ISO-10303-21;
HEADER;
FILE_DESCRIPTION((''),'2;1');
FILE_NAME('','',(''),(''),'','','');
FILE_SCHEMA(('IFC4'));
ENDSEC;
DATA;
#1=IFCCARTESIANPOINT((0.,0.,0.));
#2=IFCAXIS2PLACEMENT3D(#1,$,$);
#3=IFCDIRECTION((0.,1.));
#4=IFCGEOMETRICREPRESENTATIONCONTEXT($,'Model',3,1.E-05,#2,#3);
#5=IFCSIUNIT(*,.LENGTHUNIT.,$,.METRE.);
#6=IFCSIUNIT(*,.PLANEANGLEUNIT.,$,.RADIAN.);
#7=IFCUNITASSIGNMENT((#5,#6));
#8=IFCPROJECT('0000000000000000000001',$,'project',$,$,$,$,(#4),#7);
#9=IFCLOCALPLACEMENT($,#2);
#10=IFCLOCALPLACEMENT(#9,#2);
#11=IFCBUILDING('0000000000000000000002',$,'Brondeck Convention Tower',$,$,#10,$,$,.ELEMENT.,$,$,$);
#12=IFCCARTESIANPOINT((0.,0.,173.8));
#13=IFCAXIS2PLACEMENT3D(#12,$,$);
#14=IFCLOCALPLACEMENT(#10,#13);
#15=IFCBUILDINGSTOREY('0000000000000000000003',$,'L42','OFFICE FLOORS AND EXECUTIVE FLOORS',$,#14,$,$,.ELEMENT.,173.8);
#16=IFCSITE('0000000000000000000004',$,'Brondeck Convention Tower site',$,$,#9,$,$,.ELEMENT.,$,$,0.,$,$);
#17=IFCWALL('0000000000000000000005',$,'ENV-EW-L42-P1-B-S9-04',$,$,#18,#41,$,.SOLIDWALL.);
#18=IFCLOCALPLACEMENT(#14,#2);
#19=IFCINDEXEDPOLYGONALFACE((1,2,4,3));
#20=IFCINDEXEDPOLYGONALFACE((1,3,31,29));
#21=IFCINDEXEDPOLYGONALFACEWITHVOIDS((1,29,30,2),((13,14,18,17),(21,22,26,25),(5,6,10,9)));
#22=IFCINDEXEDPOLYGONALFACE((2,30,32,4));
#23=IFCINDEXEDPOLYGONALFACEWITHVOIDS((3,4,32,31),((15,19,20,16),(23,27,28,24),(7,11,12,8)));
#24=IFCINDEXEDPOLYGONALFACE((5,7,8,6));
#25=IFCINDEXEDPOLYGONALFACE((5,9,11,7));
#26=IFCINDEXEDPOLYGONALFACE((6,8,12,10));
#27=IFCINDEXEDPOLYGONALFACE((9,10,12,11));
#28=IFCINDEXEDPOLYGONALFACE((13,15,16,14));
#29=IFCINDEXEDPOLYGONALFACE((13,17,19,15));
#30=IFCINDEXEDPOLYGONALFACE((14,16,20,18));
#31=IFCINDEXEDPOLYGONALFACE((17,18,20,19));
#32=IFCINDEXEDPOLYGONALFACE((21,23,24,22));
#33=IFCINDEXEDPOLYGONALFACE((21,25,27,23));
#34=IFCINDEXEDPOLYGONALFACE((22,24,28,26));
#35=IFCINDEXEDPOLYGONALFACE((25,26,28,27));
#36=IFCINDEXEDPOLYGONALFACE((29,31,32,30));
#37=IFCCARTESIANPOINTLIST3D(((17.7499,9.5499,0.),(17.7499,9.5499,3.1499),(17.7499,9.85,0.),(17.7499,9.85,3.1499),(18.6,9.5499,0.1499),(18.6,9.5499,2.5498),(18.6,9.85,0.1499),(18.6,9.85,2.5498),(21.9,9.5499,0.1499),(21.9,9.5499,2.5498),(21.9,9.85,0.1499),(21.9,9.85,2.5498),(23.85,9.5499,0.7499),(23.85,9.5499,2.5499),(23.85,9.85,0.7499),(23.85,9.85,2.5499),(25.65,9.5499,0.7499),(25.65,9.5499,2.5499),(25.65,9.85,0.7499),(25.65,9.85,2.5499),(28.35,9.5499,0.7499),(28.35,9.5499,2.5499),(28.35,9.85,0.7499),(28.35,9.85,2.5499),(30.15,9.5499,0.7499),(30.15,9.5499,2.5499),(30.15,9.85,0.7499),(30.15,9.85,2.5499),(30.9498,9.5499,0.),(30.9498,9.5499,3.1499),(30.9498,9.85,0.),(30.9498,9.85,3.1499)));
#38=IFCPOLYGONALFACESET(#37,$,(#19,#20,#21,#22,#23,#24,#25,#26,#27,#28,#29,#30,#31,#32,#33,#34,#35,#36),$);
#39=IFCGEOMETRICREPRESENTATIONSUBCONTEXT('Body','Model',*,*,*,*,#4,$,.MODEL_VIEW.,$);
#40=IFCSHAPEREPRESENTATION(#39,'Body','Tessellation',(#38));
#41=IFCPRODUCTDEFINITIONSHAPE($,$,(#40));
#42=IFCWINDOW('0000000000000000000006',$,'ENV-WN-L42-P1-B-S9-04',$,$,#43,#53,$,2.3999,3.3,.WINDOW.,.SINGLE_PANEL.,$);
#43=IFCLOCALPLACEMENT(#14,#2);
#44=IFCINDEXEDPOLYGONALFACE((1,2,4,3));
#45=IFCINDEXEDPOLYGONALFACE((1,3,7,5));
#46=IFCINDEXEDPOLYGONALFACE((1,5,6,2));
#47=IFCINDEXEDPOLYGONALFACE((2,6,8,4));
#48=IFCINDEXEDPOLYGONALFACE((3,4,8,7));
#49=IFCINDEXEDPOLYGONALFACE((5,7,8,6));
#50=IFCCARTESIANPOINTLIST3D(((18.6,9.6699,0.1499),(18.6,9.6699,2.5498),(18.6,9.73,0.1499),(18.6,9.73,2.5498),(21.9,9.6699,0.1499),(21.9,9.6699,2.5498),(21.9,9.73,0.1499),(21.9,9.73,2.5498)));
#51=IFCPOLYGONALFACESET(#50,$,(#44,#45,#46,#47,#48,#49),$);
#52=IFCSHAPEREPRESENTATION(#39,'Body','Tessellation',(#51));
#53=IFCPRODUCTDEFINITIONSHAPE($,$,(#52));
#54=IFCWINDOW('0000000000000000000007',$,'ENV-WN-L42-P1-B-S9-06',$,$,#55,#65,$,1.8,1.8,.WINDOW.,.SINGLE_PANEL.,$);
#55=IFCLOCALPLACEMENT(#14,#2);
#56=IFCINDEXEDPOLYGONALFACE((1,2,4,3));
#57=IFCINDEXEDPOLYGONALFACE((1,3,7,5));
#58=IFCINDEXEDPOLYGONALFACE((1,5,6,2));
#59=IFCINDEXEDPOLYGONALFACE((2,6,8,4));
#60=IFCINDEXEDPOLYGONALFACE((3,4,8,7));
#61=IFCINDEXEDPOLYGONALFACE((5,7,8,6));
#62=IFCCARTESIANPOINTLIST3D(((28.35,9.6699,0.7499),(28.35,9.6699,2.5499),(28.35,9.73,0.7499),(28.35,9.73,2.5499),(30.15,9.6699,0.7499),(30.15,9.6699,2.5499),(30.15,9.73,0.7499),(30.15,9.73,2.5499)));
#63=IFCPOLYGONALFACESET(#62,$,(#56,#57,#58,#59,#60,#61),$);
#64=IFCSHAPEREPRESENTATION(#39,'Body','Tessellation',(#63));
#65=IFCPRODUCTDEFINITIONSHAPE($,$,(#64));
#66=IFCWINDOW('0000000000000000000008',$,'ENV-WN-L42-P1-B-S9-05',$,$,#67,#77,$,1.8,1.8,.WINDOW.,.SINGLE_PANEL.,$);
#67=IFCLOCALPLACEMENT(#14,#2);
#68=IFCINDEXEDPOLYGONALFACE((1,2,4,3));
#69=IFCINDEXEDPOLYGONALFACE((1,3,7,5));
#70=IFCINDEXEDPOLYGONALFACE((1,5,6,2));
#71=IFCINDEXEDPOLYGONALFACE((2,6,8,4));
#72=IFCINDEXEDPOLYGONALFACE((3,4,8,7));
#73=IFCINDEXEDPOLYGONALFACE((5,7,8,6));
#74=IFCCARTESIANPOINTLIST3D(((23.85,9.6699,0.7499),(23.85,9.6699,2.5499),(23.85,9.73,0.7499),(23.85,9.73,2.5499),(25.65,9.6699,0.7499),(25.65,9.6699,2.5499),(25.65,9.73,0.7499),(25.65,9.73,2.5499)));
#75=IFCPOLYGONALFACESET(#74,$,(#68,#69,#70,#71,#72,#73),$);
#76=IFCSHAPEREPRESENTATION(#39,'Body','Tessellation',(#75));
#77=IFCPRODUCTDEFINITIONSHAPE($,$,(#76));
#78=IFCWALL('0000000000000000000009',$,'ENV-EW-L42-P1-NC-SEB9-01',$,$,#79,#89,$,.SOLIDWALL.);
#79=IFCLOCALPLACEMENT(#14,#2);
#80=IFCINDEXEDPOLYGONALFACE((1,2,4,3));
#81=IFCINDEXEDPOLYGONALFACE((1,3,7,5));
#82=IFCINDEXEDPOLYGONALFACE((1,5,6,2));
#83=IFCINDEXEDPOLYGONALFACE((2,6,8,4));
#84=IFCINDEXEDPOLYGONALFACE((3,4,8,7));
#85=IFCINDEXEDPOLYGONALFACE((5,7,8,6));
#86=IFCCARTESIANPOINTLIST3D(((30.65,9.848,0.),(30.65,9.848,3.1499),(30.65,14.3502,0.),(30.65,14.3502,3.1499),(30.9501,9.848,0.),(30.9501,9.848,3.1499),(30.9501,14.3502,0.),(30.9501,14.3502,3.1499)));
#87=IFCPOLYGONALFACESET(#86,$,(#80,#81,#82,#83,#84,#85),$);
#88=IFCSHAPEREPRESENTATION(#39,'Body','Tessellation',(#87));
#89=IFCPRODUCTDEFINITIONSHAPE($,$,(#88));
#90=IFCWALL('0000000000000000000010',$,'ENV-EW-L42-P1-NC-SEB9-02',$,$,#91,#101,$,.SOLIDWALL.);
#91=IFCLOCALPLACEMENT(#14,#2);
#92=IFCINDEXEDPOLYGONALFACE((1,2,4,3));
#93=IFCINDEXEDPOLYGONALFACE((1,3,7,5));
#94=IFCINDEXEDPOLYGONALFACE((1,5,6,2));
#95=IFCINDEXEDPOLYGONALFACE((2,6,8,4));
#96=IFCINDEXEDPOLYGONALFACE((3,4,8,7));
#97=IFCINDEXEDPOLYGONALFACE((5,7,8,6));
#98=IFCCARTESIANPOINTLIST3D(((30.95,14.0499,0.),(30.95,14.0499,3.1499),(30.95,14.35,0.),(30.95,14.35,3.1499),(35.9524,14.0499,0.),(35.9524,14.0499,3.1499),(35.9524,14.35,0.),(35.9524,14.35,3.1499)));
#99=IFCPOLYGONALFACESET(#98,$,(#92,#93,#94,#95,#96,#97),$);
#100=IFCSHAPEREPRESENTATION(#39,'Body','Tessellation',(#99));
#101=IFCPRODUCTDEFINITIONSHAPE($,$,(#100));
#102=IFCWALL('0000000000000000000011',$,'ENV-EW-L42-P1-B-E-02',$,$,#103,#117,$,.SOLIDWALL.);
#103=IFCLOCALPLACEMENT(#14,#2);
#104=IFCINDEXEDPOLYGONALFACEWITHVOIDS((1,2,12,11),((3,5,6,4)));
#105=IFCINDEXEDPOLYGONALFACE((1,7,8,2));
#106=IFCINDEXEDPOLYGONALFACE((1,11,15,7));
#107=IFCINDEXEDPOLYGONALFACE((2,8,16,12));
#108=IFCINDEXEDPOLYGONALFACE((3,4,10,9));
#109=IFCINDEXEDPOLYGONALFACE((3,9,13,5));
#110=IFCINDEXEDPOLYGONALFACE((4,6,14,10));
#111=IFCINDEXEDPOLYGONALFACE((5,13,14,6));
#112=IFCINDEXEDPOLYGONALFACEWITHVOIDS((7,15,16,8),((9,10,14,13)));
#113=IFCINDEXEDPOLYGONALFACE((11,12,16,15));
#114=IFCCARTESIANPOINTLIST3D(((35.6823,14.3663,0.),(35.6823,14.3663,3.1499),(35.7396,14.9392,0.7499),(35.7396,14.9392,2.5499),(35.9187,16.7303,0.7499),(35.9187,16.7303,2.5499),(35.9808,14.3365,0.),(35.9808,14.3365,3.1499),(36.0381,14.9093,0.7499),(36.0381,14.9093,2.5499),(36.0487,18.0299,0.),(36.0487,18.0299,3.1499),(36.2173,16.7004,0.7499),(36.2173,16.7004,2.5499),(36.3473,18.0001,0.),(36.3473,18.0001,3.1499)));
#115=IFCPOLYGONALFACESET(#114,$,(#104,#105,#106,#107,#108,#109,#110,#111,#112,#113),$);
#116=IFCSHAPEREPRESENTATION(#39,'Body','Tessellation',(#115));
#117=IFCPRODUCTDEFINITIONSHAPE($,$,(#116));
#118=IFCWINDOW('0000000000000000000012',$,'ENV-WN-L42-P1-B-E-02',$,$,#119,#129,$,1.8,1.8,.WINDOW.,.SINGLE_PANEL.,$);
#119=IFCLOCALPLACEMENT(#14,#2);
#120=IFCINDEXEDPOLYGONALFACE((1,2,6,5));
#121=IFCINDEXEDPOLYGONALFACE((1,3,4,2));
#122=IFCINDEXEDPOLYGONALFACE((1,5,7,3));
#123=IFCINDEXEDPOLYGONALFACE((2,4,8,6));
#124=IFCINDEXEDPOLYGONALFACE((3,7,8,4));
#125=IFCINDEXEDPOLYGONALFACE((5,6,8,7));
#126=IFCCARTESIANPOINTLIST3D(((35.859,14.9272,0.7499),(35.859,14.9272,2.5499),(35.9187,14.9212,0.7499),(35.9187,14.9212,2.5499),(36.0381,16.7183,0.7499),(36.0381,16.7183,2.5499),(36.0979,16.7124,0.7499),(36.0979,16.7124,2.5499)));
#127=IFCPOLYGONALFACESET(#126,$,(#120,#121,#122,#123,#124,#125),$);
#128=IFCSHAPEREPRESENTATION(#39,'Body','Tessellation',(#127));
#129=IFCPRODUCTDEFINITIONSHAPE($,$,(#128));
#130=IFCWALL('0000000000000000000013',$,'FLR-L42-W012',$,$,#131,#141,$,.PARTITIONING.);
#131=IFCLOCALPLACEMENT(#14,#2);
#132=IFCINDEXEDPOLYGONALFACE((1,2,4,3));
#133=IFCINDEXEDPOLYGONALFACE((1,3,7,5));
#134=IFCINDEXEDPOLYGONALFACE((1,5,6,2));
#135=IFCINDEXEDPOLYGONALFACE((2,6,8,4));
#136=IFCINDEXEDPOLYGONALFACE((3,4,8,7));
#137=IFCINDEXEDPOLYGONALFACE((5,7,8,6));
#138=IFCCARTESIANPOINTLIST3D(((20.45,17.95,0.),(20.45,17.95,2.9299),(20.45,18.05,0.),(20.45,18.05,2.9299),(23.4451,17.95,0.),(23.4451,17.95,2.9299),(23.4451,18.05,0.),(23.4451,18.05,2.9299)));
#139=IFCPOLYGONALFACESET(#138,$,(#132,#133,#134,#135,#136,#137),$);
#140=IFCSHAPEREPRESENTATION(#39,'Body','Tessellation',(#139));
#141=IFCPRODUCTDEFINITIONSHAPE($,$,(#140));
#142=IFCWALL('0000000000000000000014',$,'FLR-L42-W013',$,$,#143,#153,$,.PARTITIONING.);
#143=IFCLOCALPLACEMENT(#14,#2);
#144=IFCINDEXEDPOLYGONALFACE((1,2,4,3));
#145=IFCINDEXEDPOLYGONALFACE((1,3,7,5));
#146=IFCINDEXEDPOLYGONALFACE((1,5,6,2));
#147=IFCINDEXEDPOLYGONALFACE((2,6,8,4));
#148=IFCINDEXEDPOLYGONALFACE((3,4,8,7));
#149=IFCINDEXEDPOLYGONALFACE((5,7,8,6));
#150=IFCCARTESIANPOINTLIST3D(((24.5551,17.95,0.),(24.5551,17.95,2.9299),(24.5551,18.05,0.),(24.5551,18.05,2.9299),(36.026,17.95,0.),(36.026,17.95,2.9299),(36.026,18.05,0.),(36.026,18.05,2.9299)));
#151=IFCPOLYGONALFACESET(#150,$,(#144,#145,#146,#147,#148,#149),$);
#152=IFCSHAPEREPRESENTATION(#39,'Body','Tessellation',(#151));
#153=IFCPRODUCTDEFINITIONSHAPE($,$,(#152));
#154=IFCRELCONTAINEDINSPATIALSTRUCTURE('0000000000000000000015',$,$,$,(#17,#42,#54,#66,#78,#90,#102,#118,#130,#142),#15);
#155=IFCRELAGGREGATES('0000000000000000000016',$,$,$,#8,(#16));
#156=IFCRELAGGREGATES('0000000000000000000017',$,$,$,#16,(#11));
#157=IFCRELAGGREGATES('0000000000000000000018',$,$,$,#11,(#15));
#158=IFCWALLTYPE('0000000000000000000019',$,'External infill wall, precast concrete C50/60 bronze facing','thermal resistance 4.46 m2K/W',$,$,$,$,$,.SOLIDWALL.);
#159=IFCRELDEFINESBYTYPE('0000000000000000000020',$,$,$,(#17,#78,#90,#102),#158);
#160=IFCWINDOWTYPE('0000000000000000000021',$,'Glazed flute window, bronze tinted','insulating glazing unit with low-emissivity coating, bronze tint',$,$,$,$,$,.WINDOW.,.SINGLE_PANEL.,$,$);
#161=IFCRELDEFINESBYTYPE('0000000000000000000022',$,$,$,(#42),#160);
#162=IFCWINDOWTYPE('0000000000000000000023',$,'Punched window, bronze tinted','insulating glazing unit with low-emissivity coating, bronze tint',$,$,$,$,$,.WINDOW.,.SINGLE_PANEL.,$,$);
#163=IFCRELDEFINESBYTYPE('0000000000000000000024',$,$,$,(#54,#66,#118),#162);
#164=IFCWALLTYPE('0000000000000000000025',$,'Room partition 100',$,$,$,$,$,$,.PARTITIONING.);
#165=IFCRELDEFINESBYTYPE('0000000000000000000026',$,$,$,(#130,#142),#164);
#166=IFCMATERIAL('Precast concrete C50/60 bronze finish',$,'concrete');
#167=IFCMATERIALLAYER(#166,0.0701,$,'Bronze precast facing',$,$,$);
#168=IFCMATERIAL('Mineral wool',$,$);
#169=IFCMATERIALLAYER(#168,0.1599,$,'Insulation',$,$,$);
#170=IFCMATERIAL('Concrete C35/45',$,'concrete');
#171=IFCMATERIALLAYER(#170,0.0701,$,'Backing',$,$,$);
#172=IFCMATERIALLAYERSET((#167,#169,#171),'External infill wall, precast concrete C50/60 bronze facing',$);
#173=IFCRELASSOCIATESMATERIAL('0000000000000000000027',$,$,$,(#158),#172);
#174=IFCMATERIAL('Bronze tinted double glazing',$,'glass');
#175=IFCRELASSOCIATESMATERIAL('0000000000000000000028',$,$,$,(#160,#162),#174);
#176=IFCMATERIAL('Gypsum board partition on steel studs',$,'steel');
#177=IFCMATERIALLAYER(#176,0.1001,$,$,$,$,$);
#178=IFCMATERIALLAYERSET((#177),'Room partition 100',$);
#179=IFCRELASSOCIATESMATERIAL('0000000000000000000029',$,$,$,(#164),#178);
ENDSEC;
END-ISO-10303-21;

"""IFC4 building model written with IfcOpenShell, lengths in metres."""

from ifc_helpers import new_model, si_unit, direction, frame, frame_2d, origin, place, context, subcontext, project, spatial, rectangle, extrude, material, layer, layer_set, type_object, element, fill, save


model = new_model("IFC4")

# Units and contexts
model_context = context("Model", 3, precision=1e-05, world=origin(), true_north=direction((0.0, 1.0)))
body_context = subcontext(model_context, "Body", "Model", "MODEL_VIEW")
ifc_project = project(units=[si_unit("LENGTHUNIT", "METRE"), si_unit("PLANEANGLEUNIT", "RADIAN")], contexts=[model_context])

# Site, building, storey
site_placement = place(None, origin())
site = spatial("IfcSite", under=ifc_project, at=site_placement, Name="Brondeck Convention Tower site", CompositionType="ELEMENT", RefElevation=0.0)
building_placement = place(site_placement, origin())
building = spatial("IfcBuilding", under=site, at=building_placement, Name="Brondeck Convention Tower", CompositionType="ELEMENT")
storey_placement = place(building_placement, frame((0.0, 0.0, 173.8)))
storey = spatial("IfcBuildingStorey", under=building, at=storey_placement, Name="L42", Description="OFFICE FLOORS AND EXECUTIVE FLOORS", CompositionType="ELEMENT", Elevation=173.8)

# Wall, openings, windows
ifc_material_1 = material(Name="Precast concrete C50/60 bronze finish", Category="concrete")
ifc_layer_1 = layer(ifc_material_1, 0.0701, Name="Bronze precast facing")
ifc_material_2 = material(Name="Mineral wool")
ifc_layer_2 = layer(ifc_material_2, 0.1599, Name="Insulation")
ifc_material_3 = material(Name="Concrete C35/45", Category="concrete")
ifc_layer_3 = layer(ifc_material_3, 0.0701, Name="Backing")
ifc_layer_set_1 = layer_set([ifc_layer_1, ifc_layer_2, ifc_layer_3], Name="External infill wall, precast concrete C50/60 bronze facing")
wall_type_1 = type_object("IfcWallType", Name="External infill wall, precast concrete C50/60 bronze facing", Description="thermal resistance 4.46 m2K/W", PredefinedType="SOLIDWALL", material=ifc_layer_set_1)
wall_1_placement = place(storey_placement, frame((30.95, 9.7, 0.0), z_axis=(0.0, 0.0, 1.0), x_axis=(-1.0, 0.0, 0.0)))
wall_1 = element("IfcWall", 1, at=wall_1_placement, inside=storey, type_object=wall_type_1, Name="ENV-EW-L42-P1-B-S9-04", PredefinedType="SOLIDWALL", context=body_context, shape_type="SweptSolid", body=[
    extrude(rectangle(XDim=13.2, YDim=0.3, at=frame_2d((6.6001, 0.0))), origin(), (0.0, 0.0, 1.0), 3.1499),
])
opening_1_placement = place(wall_1_placement, frame((0.8, 0.0, 0.75)))
opening_1 = element("IfcOpeningElement", 2, at=opening_1_placement, cuts=wall_1, PredefinedType="OPENING", context=body_context, shape_type="SweptSolid", body=[
    extrude(rectangle(XDim=1.8, YDim=1.8, at=frame_2d((0.8999, 0.8999))), frame((0.0, 0.1599, 0.0), z_axis=(0.0, -1.0, 0.0), x_axis=(1.0, 0.0, 0.0)), (0.0, 0.0, 1.0), 0.3201),
])
opening_2_placement = place(wall_1_placement, frame((5.3, 0.0, 0.75)))
opening_2 = element("IfcOpeningElement", 3, at=opening_2_placement, cuts=wall_1, PredefinedType="OPENING", context=body_context, shape_type="SweptSolid", body=[
    extrude(rectangle(XDim=1.8, YDim=1.8, at=frame_2d((0.8999, 0.8999))), frame((0.0, 0.1599, 0.0), z_axis=(0.0, -1.0, 0.0), x_axis=(1.0, 0.0, 0.0)), (0.0, 0.0, 1.0), 0.3201),
])
opening_3_placement = place(wall_1_placement, frame((9.05, 0.0, 0.1499)))
opening_3 = element("IfcOpeningElement", 4, at=opening_3_placement, cuts=wall_1, PredefinedType="OPENING", context=body_context, shape_type="SweptSolid", body=[
    extrude(rectangle(XDim=3.3, YDim=2.3999, at=frame_2d((1.6499, 1.2))), frame((0.0, 0.1599, 0.0), z_axis=(0.0, -1.0, 0.0), x_axis=(1.0, 0.0, 0.0)), (0.0, 0.0, 1.0), 0.3201),
])
ifc_material_4 = material(Name="Bronze tinted double glazing", Category="glass")
window_type_1 = type_object("IfcWindowType", Name="Glazed flute window, bronze tinted", Description="insulating glazing unit with low-emissivity coating, bronze tint", PartitioningType="SINGLE_PANEL", PredefinedType="WINDOW", material=ifc_material_4)
window_1_placement = place(opening_3_placement, origin())
window_1 = element("IfcWindow", 5, at=window_1_placement, inside=storey, type_object=window_type_1, Name="ENV-WN-L42-P1-B-S9-04", OverallHeight=2.3999, OverallWidth=3.3, PartitioningType="SINGLE_PANEL", PredefinedType="WINDOW", context=body_context, shape_type="SweptSolid", body=[
    extrude(rectangle(XDim=3.3, YDim=2.3999, at=frame_2d((1.6499, 1.2))), frame((0.0, 0.03, 0.0), z_axis=(0.0, -1.0, 0.0), x_axis=(1.0, 0.0, 0.0)), (0.0, 0.0, 1.0), 0.0601),
])
fill(opening_3, window_1)
window_type_2 = type_object("IfcWindowType", Name="Punched window, bronze tinted", Description="insulating glazing unit with low-emissivity coating, bronze tint", PartitioningType="SINGLE_PANEL", PredefinedType="WINDOW", material=ifc_material_4)
window_2_placement = place(opening_1_placement, origin())
window_2 = element("IfcWindow", 6, at=window_2_placement, inside=storey, type_object=window_type_2, Name="ENV-WN-L42-P1-B-S9-06", OverallHeight=1.8, OverallWidth=1.8, PartitioningType="SINGLE_PANEL", PredefinedType="WINDOW", context=body_context, shape_type="SweptSolid", body=[
    extrude(rectangle(XDim=1.8, YDim=1.8, at=frame_2d((0.8999, 0.8999))), frame((0.0, 0.03, 0.0), z_axis=(0.0, -1.0, 0.0), x_axis=(1.0, 0.0, 0.0)), (0.0, 0.0, 1.0), 0.0601),
])
fill(opening_1, window_2)
window_3_placement = place(opening_2_placement, origin())
window_3 = element("IfcWindow", 7, at=window_3_placement, inside=storey, type_object=window_type_2, Name="ENV-WN-L42-P1-B-S9-05", OverallHeight=1.8, OverallWidth=1.8, PartitioningType="SINGLE_PANEL", PredefinedType="WINDOW", context=body_context, shape_type="SweptSolid", body=[
    extrude(rectangle(XDim=1.8, YDim=1.8, at=frame_2d((0.8999, 0.8999))), frame((0.0, 0.03, 0.0), z_axis=(0.0, -1.0, 0.0), x_axis=(1.0, 0.0, 0.0)), (0.0, 0.0, 1.0), 0.0601),
])
fill(opening_2, window_3)

# Walls
wall_2_placement = place(storey_placement, frame((30.8, 14.3501, 0.0), z_axis=(0.0, 0.0, 1.0), x_axis=(0.0, -1.0, 0.0)))
element("IfcWall", 8, at=wall_2_placement, inside=storey, type_object=wall_type_1, Name="ENV-EW-L42-P1-NC-SEB9-01", PredefinedType="SOLIDWALL", context=body_context, shape_type="SweptSolid", body=[
    extrude(rectangle(XDim=4.5022, YDim=0.3, at=frame_2d((2.251, 0.0))), origin(), (0.0, 0.0, 1.0), 3.1499),
])
wall_3_placement = place(storey_placement, frame((35.9524, 14.2, 0.0), z_axis=(0.0, 0.0, 1.0), x_axis=(-1.0, 0.0, 0.0)))
element("IfcWall", 9, at=wall_3_placement, inside=storey, type_object=wall_type_1, Name="ENV-EW-L42-P1-NC-SEB9-02", PredefinedType="SOLIDWALL", context=body_context, shape_type="SweptSolid", body=[
    extrude(rectangle(XDim=5.0024, YDim=0.3, at=frame_2d((2.5012, 0.0))), origin(), (0.0, 0.0, 1.0), 3.1499),
])

# Wall, opening, window
wall_4_placement = place(storey_placement, frame((36.198, 18.0149, 0.0), z_axis=(0.0, 0.0, 1.0), x_axis=(-0.09953, -0.995035, 0.0)))
wall_4 = element("IfcWall", 10, at=wall_4_placement, inside=storey, type_object=wall_type_1, Name="ENV-EW-L42-P1-B-E-02", PredefinedType="SOLIDWALL", context=body_context, shape_type="SweptSolid", body=[
    extrude(rectangle(XDim=3.6819, YDim=0.3, at=frame_2d((1.8408, 0.0))), origin(), (0.0, 0.0, 1.0), 3.1499),
])
opening_4_placement = place(wall_4_placement, frame((1.3062, 0.0, 0.75)))
opening_4 = element("IfcOpeningElement", 11, at=opening_4_placement, cuts=wall_4, PredefinedType="OPENING", context=body_context, shape_type="SweptSolid", body=[
    extrude(rectangle(XDim=1.8, YDim=1.8, at=frame_2d((0.8999, 0.8999))), frame((0.0, 0.1599, 0.0), z_axis=(0.0, -1.0, 0.0), x_axis=(1.0, 0.0, 0.0)), (0.0, 0.0, 1.0), 0.3201),
])
window_4_placement = place(opening_4_placement, origin())
window_4 = element("IfcWindow", 12, at=window_4_placement, inside=storey, type_object=window_type_2, Name="ENV-WN-L42-P1-B-E-02", OverallHeight=1.8, OverallWidth=1.8, PartitioningType="SINGLE_PANEL", PredefinedType="WINDOW", context=body_context, shape_type="SweptSolid", body=[
    extrude(rectangle(XDim=1.8, YDim=1.8, at=frame_2d((0.8999, 0.8999))), frame((0.0, 0.03, 0.0), z_axis=(0.0, -1.0, 0.0), x_axis=(1.0, 0.0, 0.0)), (0.0, 0.0, 1.0), 0.0601),
])
fill(opening_4, window_4)

# Walls
ifc_material_5 = material(Name="Gypsum board partition on steel studs", Category="steel")
ifc_layer_4 = layer(ifc_material_5, 0.1001)
ifc_layer_set_2 = layer_set([ifc_layer_4], Name="Room partition 100")
wall_type_2 = type_object("IfcWallType", Name="Room partition 100", PredefinedType="PARTITIONING", material=ifc_layer_set_2)
wall_5_placement = place(storey_placement, frame((23.4451, 18.0, 0.0), z_axis=(0.0, 0.0, 1.0), x_axis=(-1.0, 0.0, 0.0)))
element("IfcWall", 13, at=wall_5_placement, inside=storey, type_object=wall_type_2, Name="FLR-L42-W012", PredefinedType="PARTITIONING", context=body_context, shape_type="SweptSolid", body=[
    extrude(rectangle(XDim=2.9951, YDim=0.1001, at=frame_2d((1.4976, 0.0))), origin(), (0.0, 0.0, 1.0), 2.9299),
])
wall_6_placement = place(storey_placement, frame((36.0259, 18.0, 0.0), z_axis=(0.0, 0.0, 1.0), x_axis=(-1.0, 0.0, 0.0)))
element("IfcWall", 14, at=wall_6_placement, inside=storey, type_object=wall_type_2, Name="FLR-L42-W013", PredefinedType="PARTITIONING", context=body_context, shape_type="SweptSolid", body=[
    extrude(rectangle(XDim=11.4709, YDim=0.1001, at=frame_2d((5.7354, 0.0))), origin(), (0.0, 0.0, 1.0), 2.9299),
])

save(model, "model.ifc")
